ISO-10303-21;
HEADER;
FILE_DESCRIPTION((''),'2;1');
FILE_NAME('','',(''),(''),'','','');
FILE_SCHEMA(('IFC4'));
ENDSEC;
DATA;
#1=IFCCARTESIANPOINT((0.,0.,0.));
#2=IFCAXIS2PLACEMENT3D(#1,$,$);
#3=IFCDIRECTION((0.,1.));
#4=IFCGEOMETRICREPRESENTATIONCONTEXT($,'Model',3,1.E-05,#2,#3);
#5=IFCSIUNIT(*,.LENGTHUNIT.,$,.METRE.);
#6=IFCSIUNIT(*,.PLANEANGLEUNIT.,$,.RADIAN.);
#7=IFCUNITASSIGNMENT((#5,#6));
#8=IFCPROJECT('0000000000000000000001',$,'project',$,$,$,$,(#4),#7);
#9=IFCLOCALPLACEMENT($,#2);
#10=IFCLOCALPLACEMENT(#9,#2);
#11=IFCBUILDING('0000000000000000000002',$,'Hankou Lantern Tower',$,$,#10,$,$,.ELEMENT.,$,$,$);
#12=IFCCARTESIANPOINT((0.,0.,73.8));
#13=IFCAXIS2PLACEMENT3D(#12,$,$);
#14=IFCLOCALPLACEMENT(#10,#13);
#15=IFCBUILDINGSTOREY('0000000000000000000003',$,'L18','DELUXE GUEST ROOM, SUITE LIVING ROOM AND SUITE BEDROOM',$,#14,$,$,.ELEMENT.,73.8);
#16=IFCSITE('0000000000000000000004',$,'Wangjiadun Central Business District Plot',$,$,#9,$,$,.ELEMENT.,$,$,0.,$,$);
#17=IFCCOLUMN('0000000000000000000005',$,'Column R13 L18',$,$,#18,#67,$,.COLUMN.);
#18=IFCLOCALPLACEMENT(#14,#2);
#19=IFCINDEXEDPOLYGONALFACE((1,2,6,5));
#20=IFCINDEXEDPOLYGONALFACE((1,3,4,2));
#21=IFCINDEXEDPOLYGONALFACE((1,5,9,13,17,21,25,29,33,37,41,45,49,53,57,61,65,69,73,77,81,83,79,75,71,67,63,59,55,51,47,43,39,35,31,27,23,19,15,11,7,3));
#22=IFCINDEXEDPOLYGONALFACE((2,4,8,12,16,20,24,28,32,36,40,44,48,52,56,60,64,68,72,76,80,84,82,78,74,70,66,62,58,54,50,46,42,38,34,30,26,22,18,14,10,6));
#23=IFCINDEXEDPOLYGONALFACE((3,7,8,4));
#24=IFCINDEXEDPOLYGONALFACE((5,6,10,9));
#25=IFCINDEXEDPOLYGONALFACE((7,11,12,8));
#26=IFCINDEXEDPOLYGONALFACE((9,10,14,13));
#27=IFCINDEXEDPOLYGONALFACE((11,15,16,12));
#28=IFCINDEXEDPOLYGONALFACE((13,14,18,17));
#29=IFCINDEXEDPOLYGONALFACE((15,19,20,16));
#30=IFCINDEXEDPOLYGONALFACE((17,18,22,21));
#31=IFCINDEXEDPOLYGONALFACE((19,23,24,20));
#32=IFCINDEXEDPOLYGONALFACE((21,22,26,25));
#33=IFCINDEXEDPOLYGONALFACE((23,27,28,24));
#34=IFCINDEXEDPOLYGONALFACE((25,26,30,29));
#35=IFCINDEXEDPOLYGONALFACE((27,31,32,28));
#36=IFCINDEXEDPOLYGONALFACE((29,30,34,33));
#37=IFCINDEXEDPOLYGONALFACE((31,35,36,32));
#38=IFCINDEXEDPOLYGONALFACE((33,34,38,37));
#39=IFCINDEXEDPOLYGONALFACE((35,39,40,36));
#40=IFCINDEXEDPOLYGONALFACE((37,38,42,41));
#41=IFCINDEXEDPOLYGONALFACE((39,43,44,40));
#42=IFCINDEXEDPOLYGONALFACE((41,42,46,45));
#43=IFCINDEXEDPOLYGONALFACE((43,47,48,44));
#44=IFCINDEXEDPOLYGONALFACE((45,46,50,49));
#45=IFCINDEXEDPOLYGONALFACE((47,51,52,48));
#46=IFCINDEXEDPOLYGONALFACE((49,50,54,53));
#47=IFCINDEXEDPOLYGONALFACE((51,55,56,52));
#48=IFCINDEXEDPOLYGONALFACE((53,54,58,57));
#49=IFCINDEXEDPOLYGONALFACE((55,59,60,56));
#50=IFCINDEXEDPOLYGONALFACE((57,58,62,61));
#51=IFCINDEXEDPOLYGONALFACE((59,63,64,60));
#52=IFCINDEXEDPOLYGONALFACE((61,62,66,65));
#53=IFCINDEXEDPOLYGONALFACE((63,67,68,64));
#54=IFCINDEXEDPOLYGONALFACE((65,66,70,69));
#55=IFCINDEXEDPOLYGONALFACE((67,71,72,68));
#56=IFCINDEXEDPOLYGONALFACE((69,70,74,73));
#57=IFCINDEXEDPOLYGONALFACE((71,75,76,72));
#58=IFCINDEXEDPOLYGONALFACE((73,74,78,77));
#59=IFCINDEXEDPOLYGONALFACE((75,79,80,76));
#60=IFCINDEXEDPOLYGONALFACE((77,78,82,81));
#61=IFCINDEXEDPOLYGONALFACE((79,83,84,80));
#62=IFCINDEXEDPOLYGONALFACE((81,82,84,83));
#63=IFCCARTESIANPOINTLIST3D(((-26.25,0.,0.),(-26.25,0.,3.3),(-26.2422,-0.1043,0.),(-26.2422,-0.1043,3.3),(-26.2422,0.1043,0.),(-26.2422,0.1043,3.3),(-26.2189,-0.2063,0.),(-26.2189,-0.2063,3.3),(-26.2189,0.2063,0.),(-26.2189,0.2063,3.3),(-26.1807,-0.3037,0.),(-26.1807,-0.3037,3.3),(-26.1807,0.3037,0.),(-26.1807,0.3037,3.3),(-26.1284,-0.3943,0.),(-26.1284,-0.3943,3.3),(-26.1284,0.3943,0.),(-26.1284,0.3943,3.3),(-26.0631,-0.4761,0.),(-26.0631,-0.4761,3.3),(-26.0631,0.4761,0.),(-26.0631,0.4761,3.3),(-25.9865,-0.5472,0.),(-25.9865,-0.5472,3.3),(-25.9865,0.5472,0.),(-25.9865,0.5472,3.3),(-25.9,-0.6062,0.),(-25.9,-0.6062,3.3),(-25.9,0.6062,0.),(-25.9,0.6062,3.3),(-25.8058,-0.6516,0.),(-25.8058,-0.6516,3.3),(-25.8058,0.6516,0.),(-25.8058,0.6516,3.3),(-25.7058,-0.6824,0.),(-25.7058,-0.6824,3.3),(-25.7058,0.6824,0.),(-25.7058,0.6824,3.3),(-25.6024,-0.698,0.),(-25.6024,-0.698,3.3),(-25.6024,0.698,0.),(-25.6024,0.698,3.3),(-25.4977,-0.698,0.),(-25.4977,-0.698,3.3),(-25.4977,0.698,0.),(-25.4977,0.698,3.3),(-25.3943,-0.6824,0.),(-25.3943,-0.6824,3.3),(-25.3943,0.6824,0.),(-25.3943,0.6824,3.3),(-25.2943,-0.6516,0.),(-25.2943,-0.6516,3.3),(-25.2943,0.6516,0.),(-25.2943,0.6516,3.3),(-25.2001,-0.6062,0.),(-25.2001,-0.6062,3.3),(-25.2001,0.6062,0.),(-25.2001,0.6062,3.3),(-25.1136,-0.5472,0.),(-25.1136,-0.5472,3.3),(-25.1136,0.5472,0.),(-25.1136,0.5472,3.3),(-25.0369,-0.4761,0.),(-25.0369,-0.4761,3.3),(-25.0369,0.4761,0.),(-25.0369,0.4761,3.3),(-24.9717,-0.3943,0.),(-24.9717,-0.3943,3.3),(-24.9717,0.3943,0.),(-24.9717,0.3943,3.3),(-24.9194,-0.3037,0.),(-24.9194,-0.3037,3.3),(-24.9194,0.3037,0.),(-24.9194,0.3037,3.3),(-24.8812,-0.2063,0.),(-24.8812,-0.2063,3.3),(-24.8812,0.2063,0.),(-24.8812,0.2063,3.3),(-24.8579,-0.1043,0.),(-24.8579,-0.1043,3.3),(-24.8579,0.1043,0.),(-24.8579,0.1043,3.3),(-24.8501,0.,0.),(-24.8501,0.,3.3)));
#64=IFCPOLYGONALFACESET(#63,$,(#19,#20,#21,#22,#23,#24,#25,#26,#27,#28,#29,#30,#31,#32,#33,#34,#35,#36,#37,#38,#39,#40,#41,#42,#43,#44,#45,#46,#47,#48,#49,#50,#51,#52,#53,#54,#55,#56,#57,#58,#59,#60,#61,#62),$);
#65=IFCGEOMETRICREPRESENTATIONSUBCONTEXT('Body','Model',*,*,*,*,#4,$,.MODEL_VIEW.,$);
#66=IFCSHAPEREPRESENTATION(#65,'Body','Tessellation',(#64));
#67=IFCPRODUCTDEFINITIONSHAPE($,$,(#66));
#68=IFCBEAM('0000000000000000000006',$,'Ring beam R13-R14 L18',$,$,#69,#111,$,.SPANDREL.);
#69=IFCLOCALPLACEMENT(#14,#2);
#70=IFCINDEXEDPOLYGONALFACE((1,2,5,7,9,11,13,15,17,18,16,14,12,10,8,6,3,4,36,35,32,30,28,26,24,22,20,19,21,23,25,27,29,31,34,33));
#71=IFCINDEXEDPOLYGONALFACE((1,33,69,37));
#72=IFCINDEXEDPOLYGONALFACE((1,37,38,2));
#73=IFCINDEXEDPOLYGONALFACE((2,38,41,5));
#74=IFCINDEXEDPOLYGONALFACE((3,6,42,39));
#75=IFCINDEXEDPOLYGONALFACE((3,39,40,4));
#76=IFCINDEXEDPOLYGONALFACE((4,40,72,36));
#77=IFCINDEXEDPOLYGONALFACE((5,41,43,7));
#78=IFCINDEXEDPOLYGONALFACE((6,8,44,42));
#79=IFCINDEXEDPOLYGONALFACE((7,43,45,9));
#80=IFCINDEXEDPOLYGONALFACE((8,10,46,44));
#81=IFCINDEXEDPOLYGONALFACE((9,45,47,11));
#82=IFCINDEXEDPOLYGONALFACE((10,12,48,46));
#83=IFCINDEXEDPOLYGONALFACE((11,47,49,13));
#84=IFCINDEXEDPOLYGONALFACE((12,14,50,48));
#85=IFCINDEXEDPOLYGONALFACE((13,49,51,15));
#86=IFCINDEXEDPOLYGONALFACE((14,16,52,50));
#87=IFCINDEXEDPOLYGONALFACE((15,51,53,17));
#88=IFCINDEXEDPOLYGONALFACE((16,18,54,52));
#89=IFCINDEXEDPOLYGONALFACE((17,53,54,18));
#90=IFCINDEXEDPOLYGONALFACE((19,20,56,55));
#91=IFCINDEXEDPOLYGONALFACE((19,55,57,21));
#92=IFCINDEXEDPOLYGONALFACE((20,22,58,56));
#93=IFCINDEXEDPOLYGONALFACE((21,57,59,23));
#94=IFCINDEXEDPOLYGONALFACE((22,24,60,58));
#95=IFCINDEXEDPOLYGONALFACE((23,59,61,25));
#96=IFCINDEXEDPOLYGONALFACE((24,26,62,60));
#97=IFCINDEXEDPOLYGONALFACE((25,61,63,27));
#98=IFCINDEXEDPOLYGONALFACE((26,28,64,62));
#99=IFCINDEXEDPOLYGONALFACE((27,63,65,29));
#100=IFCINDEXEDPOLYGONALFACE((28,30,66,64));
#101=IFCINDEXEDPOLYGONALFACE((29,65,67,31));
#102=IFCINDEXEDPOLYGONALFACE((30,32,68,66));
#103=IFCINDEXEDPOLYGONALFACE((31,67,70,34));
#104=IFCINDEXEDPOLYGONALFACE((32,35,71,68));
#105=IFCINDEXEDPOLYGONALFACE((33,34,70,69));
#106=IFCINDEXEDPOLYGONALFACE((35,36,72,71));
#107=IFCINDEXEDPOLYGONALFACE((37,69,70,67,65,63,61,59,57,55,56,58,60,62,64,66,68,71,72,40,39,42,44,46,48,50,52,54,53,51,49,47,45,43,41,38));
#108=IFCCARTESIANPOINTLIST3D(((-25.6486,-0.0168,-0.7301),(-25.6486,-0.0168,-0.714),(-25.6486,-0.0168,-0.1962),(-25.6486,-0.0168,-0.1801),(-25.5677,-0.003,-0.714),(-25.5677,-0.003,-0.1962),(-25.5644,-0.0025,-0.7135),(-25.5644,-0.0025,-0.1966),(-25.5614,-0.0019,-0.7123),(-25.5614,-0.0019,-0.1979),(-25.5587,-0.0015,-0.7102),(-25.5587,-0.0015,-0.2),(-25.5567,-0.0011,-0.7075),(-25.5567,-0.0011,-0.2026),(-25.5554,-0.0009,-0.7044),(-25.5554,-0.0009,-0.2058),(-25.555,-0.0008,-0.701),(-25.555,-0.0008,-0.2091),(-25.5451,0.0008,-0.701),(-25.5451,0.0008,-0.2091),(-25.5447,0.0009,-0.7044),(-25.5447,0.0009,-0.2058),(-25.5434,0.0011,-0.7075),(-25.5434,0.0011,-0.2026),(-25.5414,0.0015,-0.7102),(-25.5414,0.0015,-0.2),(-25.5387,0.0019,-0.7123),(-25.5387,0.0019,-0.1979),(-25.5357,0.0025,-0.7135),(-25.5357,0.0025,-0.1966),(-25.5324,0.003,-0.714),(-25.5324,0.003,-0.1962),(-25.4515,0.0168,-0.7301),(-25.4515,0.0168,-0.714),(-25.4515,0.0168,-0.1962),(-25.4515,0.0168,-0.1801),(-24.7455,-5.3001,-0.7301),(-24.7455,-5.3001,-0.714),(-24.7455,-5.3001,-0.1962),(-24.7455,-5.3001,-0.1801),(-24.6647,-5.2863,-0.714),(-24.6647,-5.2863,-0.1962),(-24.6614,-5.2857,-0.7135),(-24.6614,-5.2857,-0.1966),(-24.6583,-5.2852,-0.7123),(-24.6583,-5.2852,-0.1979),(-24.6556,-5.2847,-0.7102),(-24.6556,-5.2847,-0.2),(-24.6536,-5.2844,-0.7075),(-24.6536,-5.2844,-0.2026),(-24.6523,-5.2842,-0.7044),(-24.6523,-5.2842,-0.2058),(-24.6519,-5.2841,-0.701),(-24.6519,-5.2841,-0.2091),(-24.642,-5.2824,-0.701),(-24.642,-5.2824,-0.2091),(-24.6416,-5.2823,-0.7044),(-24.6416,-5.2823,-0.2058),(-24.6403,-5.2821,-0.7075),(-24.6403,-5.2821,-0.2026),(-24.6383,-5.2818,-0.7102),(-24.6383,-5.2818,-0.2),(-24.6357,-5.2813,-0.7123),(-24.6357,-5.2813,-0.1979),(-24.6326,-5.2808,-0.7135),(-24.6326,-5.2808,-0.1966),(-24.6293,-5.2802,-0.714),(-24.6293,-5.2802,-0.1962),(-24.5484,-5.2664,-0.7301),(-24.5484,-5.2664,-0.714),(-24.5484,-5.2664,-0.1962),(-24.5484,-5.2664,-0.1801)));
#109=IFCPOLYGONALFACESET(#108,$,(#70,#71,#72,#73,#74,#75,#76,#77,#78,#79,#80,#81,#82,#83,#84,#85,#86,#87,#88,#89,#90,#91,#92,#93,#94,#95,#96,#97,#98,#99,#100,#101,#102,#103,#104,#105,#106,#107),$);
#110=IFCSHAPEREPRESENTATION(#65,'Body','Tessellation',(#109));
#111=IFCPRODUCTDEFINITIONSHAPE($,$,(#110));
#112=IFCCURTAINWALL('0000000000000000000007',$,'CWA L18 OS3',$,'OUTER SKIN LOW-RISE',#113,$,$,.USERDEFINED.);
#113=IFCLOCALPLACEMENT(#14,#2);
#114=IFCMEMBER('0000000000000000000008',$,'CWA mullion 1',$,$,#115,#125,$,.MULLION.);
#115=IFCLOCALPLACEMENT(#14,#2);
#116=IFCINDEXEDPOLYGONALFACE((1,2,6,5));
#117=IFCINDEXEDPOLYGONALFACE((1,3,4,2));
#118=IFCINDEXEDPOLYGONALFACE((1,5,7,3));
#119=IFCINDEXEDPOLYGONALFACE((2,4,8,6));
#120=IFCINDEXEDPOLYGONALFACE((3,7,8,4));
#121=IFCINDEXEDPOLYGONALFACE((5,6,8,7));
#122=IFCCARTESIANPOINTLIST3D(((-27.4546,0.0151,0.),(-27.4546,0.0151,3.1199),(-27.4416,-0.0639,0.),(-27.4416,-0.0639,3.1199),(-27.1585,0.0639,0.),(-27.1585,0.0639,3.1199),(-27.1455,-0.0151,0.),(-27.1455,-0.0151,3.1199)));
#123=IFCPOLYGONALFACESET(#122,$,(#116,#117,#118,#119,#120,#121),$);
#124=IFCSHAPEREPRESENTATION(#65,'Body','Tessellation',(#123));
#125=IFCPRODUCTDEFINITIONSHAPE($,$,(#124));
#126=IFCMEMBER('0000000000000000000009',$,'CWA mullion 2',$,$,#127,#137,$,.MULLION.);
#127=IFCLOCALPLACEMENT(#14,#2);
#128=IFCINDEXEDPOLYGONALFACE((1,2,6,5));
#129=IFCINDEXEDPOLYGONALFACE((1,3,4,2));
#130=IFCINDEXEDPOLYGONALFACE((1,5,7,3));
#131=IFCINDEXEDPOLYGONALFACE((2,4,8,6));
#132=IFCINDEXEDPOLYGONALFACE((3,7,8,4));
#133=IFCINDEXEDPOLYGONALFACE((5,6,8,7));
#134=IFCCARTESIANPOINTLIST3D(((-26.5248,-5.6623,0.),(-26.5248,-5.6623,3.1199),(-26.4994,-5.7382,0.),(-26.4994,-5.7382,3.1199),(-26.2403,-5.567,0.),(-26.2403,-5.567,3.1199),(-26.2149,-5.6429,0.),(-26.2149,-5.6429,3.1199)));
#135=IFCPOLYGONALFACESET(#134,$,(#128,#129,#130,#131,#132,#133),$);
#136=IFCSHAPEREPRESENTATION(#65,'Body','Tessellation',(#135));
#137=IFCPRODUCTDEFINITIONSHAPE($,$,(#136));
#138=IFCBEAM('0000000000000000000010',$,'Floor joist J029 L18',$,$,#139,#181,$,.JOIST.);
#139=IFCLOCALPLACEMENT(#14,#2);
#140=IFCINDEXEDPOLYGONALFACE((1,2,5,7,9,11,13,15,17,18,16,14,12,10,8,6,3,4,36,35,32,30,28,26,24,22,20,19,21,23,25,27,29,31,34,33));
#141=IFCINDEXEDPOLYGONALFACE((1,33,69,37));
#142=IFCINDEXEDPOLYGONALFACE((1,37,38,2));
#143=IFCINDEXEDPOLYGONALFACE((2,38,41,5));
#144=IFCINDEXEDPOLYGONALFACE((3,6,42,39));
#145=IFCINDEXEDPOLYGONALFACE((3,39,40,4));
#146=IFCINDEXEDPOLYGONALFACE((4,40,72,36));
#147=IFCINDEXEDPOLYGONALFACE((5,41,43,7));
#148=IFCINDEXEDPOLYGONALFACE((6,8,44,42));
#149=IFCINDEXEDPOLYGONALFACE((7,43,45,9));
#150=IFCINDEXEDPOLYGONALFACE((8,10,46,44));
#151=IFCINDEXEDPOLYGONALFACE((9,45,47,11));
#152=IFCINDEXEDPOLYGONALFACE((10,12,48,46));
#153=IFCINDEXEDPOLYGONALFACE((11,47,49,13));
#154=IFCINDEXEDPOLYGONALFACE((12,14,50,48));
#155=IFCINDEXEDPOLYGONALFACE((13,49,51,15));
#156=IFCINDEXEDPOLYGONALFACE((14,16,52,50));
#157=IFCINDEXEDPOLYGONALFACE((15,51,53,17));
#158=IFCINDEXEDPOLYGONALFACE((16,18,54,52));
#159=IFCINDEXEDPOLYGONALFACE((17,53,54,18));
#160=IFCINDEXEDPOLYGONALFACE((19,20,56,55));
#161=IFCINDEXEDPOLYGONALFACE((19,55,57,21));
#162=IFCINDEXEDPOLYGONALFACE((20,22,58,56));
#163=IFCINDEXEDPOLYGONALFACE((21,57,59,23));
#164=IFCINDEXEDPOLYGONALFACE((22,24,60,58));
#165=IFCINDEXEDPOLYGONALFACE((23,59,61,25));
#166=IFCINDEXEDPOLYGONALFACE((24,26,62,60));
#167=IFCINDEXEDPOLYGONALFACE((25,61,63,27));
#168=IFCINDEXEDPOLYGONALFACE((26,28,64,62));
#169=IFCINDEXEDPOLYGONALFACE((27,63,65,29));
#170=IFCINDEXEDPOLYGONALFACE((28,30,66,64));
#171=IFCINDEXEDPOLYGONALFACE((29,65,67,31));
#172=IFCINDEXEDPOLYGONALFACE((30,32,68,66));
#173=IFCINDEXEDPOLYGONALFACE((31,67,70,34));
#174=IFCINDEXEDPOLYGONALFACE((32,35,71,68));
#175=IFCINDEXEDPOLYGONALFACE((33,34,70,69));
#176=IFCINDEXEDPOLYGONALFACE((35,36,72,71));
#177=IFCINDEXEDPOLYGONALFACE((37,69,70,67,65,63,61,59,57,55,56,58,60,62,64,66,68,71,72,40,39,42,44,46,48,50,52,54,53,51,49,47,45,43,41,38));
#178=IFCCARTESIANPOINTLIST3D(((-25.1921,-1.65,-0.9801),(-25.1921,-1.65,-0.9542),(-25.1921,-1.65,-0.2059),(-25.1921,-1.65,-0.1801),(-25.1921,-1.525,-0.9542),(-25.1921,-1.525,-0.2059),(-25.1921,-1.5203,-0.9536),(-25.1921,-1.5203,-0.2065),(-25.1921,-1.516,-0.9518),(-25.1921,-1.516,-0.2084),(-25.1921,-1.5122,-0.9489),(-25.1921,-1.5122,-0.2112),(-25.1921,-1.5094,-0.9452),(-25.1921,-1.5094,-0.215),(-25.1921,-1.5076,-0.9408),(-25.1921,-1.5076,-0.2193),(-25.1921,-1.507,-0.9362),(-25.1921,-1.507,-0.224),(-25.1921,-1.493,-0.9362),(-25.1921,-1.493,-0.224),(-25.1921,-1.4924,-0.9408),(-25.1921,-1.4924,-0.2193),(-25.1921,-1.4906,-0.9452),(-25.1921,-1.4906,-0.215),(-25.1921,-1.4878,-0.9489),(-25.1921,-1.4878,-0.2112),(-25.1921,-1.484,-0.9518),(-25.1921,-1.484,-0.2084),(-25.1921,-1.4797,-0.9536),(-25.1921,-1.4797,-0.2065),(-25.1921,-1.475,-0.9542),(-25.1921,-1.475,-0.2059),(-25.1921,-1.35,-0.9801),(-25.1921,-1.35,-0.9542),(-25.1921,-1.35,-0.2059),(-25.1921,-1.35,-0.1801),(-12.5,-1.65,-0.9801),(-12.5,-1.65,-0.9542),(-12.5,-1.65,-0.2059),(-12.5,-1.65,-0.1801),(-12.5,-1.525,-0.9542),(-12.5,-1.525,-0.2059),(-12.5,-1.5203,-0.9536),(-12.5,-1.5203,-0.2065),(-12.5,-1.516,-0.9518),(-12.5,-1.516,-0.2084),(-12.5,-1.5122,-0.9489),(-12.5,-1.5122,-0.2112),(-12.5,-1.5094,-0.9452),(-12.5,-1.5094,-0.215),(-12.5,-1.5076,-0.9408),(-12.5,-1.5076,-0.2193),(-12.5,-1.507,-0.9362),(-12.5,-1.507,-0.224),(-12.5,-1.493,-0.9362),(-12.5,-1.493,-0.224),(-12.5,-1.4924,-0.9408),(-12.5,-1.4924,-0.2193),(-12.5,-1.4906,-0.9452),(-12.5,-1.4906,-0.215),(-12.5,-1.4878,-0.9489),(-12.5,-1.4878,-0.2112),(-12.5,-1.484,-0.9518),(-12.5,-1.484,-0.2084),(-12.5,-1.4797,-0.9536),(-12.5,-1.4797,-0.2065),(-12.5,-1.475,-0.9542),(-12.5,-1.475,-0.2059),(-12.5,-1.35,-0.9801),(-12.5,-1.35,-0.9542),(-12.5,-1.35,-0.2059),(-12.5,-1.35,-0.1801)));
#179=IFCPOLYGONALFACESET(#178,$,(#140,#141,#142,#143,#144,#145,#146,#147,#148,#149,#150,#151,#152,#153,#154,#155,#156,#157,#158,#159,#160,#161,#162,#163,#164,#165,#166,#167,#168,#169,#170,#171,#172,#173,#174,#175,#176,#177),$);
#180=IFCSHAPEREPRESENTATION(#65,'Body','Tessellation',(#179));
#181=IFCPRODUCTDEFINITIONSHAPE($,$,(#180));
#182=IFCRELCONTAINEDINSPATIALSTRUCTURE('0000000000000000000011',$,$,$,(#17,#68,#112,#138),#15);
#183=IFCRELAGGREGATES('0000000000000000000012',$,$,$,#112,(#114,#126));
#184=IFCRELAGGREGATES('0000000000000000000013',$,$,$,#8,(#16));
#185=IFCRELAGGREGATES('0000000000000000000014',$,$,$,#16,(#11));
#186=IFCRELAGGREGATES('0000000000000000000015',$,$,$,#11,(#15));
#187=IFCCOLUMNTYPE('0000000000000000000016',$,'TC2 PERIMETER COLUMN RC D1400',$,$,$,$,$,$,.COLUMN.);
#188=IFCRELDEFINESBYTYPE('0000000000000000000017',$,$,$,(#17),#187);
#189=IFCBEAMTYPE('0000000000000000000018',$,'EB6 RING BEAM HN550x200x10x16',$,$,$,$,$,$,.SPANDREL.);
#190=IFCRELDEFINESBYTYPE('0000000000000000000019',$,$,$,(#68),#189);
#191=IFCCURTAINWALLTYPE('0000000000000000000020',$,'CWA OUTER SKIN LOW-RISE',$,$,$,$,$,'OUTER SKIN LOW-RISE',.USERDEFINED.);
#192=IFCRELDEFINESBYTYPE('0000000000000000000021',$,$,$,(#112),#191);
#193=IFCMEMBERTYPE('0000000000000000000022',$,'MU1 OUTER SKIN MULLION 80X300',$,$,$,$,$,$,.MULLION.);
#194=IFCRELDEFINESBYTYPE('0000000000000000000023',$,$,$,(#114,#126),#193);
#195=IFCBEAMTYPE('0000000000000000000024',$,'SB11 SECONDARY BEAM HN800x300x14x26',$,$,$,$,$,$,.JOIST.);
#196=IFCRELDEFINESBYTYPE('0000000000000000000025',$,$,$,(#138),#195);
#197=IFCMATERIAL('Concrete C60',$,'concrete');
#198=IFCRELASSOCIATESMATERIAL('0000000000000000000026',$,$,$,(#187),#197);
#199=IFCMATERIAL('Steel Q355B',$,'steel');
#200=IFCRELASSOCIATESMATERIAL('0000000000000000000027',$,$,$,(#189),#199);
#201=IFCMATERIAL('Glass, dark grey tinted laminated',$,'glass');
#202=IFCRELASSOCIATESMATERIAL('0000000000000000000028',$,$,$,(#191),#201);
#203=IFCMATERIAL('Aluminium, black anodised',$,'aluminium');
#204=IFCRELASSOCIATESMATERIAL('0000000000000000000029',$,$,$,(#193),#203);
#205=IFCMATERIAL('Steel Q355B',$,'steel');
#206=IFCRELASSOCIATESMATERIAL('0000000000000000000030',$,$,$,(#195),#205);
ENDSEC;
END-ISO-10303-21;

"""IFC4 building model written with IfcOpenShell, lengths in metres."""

from ifc_helpers import new_model, si_unit, direction, frame, origin, origin_2d, place, context, subcontext, project, spatial, rectangle, circle, i_section, extrude, material, material_profile, profile_set, type_object, element, aggregate, save


model = new_model("IFC4")

# Units and contexts
model_context = context("Model", 3, precision=1e-05, world=origin(), true_north=direction((0.0, 1.0)))
body_context = subcontext(model_context, "Body", "Model", "MODEL_VIEW")
ifc_project = project(units=[si_unit("LENGTHUNIT", "METRE"), si_unit("PLANEANGLEUNIT", "RADIAN")], contexts=[model_context])

# Site, building, storey
site_placement = place(None, origin())
site = spatial("IfcSite", under=ifc_project, at=site_placement, Name="Wangjiadun Central Business District Plot", CompositionType="ELEMENT", RefElevation=0.0)
building_placement = place(site_placement, origin())
building = spatial("IfcBuilding", under=site, at=building_placement, Name="Hankou Lantern Tower", CompositionType="ELEMENT")
storey_placement = place(building_placement, frame((0.0, 0.0, 73.8)))
storey = spatial("IfcBuildingStorey", under=building, at=storey_placement, Name="L18", Description="DELUXE GUEST ROOM, SUITE LIVING ROOM AND SUITE BEDROOM", CompositionType="ELEMENT", Elevation=73.8)

# Column
ifc_material_1 = material(Name="Concrete C60", Category="concrete")
ifc_material_profile_1 = material_profile(ifc_material_1, circle(Radius=0.7, at=origin_2d()), Name="RC D1400")
ifc_profile_set_1 = profile_set([ifc_material_profile_1], Name="Concrete C60")
column_type = type_object("IfcColumnType", Name="TC2 PERIMETER COLUMN RC D1400", PredefinedType="COLUMN", material=ifc_profile_set_1)
column_placement = place(storey_placement, frame((-25.55, 0.0, 0.0), z_axis=(0.0, 0.0, 1.0), x_axis=(1.0, 0.0, 0.0)))
element("IfcColumn", 1, at=column_placement, inside=storey, type_object=column_type, Name="Column R13 L18", PredefinedType="COLUMN", context=body_context, shape_type="SweptSolid", body=[
    extrude(circle(Radius=0.7, at=origin_2d()), origin(), (0.0, 0.0, 1.0), 3.3),
])

# Beam
ifc_material_2 = material(Name="Steel Q355B", Category="steel")
ifc_material_profile_2 = material_profile(ifc_material_2, i_section(OverallWidth=0.2, OverallDepth=0.55, WebThickness=0.01, FlangeThickness=0.0161, FilletRadius=0.0129, at=origin_2d()), Name="HN550x200x10x16")
ifc_profile_set_2 = profile_set([ifc_material_profile_2], Name="Steel Q355B")
beam_type_1 = type_object("IfcBeamType", Name="EB6 RING BEAM HN550x200x10x16", PredefinedType="SPANDREL", material=ifc_profile_set_2)
beam_placement = place(storey_placement, frame((-25.55, 0.0, -0.4551), z_axis=(0.16849, -0.985703, 0.0), x_axis=(0.985703, 0.16849, 0.0)))
element("IfcBeam", 2, at=beam_placement, inside=storey, type_object=beam_type_1, Name="Ring beam R13-R14 L18", PredefinedType="SPANDREL", context=body_context, shape_type="SweptSolid", body=[
    extrude(i_section(OverallWidth=0.2, OverallDepth=0.55, WebThickness=0.01, FlangeThickness=0.0161, FilletRadius=0.0129, at=origin_2d()), origin(), (0.0, 0.0, 1.0), 5.3599),
])

# Curtain wall, members
ifc_material_3 = material(Name="Glass, dark grey tinted laminated", Category="glass")
curtain_wall_type = type_object("IfcCurtainWallType", Name="CWA OUTER SKIN LOW-RISE", ElementType="OUTER SKIN LOW-RISE", PredefinedType="USERDEFINED", material=ifc_material_3)
curtain_wall_placement = place(storey_placement, origin())
curtain_wall = element("IfcCurtainWall", 3, at=curtain_wall_placement, inside=storey, type_object=curtain_wall_type, Name="CWA L18 OS3", ObjectType="OUTER SKIN LOW-RISE", PredefinedType="USERDEFINED")
ifc_material_4 = material(Name="Aluminium, black anodised", Category="aluminium")
ifc_material_profile_3 = material_profile(ifc_material_4, rectangle(XDim=0.0801, YDim=0.3, at=origin_2d()), Name="MU1 80X300")
ifc_profile_set_3 = profile_set([ifc_material_profile_3], Name="Aluminium, black anodised")
member_type_1 = type_object("IfcMemberType", Name="MU1 OUTER SKIN MULLION 80X300", PredefinedType="MULLION", material=ifc_profile_set_3)
member_1_placement = place(storey_placement, frame((-27.3, 0.0, 0.0), z_axis=(0.0, 0.0, 1.0), x_axis=(0.162382, -0.986728, 0.0)))
member_1 = element("IfcMember", 4, at=member_1_placement, type_object=member_type_1, Name="CWA mullion 1", PredefinedType="MULLION", context=body_context, shape_type="SweptSolid", body=[
    extrude(rectangle(XDim=0.0801, YDim=0.3, at=origin_2d()), origin(), (0.0, 0.0, 1.0), 3.1199),
])
member_2_placement = place(storey_placement, frame((-26.3699, -5.6526, 0.0), z_axis=(0.0, 0.0, 1.0), x_axis=(0.317596, -0.948226, 0.0)))
member_2 = element("IfcMember", 5, at=member_2_placement, type_object=member_type_1, Name="CWA mullion 2", PredefinedType="MULLION", context=body_context, shape_type="SweptSolid", body=[
    extrude(rectangle(XDim=0.0801, YDim=0.3, at=origin_2d()), origin(), (0.0, 0.0, 1.0), 3.1199),
])

# Beam
ifc_material_5 = material(Name="Steel Q355B", Category="steel")
ifc_material_profile_4 = material_profile(ifc_material_5, i_section(OverallWidth=0.3, OverallDepth=0.8, WebThickness=0.0139, FlangeThickness=0.0259, FilletRadius=0.0181, at=origin_2d()), Name="HN800x300x14x26")
ifc_profile_set_4 = profile_set([ifc_material_profile_4], Name="Steel Q355B")
beam_type_2 = type_object("IfcBeamType", Name="SB11 SECONDARY BEAM HN800x300x14x26", PredefinedType="JOIST", material=ifc_profile_set_4)
for number, where, z_axis, x_axis, name in (
    (6, (-25.1921, -1.5, -0.5801), (1.0, 0.0, 0.0), (0.0, 1.0, 0.0), "Floor joist J029 L18"),
):
    element("IfcBeam", number, at=place(storey_placement, frame(where, z_axis=z_axis, x_axis=x_axis)), inside=storey, type_object=beam_type_2, Name=name, PredefinedType="JOIST", context=body_context, shape_type="SweptSolid", body=[
        extrude(i_section(OverallWidth=0.3, OverallDepth=0.8, WebThickness=0.0139, FlangeThickness=0.0259, FilletRadius=0.0181, at=origin_2d()), origin(), (0.0, 0.0, 1.0), 12.6921),
    ])

aggregate(curtain_wall, [member_1, member_2])

save(model, "model.ifc")
